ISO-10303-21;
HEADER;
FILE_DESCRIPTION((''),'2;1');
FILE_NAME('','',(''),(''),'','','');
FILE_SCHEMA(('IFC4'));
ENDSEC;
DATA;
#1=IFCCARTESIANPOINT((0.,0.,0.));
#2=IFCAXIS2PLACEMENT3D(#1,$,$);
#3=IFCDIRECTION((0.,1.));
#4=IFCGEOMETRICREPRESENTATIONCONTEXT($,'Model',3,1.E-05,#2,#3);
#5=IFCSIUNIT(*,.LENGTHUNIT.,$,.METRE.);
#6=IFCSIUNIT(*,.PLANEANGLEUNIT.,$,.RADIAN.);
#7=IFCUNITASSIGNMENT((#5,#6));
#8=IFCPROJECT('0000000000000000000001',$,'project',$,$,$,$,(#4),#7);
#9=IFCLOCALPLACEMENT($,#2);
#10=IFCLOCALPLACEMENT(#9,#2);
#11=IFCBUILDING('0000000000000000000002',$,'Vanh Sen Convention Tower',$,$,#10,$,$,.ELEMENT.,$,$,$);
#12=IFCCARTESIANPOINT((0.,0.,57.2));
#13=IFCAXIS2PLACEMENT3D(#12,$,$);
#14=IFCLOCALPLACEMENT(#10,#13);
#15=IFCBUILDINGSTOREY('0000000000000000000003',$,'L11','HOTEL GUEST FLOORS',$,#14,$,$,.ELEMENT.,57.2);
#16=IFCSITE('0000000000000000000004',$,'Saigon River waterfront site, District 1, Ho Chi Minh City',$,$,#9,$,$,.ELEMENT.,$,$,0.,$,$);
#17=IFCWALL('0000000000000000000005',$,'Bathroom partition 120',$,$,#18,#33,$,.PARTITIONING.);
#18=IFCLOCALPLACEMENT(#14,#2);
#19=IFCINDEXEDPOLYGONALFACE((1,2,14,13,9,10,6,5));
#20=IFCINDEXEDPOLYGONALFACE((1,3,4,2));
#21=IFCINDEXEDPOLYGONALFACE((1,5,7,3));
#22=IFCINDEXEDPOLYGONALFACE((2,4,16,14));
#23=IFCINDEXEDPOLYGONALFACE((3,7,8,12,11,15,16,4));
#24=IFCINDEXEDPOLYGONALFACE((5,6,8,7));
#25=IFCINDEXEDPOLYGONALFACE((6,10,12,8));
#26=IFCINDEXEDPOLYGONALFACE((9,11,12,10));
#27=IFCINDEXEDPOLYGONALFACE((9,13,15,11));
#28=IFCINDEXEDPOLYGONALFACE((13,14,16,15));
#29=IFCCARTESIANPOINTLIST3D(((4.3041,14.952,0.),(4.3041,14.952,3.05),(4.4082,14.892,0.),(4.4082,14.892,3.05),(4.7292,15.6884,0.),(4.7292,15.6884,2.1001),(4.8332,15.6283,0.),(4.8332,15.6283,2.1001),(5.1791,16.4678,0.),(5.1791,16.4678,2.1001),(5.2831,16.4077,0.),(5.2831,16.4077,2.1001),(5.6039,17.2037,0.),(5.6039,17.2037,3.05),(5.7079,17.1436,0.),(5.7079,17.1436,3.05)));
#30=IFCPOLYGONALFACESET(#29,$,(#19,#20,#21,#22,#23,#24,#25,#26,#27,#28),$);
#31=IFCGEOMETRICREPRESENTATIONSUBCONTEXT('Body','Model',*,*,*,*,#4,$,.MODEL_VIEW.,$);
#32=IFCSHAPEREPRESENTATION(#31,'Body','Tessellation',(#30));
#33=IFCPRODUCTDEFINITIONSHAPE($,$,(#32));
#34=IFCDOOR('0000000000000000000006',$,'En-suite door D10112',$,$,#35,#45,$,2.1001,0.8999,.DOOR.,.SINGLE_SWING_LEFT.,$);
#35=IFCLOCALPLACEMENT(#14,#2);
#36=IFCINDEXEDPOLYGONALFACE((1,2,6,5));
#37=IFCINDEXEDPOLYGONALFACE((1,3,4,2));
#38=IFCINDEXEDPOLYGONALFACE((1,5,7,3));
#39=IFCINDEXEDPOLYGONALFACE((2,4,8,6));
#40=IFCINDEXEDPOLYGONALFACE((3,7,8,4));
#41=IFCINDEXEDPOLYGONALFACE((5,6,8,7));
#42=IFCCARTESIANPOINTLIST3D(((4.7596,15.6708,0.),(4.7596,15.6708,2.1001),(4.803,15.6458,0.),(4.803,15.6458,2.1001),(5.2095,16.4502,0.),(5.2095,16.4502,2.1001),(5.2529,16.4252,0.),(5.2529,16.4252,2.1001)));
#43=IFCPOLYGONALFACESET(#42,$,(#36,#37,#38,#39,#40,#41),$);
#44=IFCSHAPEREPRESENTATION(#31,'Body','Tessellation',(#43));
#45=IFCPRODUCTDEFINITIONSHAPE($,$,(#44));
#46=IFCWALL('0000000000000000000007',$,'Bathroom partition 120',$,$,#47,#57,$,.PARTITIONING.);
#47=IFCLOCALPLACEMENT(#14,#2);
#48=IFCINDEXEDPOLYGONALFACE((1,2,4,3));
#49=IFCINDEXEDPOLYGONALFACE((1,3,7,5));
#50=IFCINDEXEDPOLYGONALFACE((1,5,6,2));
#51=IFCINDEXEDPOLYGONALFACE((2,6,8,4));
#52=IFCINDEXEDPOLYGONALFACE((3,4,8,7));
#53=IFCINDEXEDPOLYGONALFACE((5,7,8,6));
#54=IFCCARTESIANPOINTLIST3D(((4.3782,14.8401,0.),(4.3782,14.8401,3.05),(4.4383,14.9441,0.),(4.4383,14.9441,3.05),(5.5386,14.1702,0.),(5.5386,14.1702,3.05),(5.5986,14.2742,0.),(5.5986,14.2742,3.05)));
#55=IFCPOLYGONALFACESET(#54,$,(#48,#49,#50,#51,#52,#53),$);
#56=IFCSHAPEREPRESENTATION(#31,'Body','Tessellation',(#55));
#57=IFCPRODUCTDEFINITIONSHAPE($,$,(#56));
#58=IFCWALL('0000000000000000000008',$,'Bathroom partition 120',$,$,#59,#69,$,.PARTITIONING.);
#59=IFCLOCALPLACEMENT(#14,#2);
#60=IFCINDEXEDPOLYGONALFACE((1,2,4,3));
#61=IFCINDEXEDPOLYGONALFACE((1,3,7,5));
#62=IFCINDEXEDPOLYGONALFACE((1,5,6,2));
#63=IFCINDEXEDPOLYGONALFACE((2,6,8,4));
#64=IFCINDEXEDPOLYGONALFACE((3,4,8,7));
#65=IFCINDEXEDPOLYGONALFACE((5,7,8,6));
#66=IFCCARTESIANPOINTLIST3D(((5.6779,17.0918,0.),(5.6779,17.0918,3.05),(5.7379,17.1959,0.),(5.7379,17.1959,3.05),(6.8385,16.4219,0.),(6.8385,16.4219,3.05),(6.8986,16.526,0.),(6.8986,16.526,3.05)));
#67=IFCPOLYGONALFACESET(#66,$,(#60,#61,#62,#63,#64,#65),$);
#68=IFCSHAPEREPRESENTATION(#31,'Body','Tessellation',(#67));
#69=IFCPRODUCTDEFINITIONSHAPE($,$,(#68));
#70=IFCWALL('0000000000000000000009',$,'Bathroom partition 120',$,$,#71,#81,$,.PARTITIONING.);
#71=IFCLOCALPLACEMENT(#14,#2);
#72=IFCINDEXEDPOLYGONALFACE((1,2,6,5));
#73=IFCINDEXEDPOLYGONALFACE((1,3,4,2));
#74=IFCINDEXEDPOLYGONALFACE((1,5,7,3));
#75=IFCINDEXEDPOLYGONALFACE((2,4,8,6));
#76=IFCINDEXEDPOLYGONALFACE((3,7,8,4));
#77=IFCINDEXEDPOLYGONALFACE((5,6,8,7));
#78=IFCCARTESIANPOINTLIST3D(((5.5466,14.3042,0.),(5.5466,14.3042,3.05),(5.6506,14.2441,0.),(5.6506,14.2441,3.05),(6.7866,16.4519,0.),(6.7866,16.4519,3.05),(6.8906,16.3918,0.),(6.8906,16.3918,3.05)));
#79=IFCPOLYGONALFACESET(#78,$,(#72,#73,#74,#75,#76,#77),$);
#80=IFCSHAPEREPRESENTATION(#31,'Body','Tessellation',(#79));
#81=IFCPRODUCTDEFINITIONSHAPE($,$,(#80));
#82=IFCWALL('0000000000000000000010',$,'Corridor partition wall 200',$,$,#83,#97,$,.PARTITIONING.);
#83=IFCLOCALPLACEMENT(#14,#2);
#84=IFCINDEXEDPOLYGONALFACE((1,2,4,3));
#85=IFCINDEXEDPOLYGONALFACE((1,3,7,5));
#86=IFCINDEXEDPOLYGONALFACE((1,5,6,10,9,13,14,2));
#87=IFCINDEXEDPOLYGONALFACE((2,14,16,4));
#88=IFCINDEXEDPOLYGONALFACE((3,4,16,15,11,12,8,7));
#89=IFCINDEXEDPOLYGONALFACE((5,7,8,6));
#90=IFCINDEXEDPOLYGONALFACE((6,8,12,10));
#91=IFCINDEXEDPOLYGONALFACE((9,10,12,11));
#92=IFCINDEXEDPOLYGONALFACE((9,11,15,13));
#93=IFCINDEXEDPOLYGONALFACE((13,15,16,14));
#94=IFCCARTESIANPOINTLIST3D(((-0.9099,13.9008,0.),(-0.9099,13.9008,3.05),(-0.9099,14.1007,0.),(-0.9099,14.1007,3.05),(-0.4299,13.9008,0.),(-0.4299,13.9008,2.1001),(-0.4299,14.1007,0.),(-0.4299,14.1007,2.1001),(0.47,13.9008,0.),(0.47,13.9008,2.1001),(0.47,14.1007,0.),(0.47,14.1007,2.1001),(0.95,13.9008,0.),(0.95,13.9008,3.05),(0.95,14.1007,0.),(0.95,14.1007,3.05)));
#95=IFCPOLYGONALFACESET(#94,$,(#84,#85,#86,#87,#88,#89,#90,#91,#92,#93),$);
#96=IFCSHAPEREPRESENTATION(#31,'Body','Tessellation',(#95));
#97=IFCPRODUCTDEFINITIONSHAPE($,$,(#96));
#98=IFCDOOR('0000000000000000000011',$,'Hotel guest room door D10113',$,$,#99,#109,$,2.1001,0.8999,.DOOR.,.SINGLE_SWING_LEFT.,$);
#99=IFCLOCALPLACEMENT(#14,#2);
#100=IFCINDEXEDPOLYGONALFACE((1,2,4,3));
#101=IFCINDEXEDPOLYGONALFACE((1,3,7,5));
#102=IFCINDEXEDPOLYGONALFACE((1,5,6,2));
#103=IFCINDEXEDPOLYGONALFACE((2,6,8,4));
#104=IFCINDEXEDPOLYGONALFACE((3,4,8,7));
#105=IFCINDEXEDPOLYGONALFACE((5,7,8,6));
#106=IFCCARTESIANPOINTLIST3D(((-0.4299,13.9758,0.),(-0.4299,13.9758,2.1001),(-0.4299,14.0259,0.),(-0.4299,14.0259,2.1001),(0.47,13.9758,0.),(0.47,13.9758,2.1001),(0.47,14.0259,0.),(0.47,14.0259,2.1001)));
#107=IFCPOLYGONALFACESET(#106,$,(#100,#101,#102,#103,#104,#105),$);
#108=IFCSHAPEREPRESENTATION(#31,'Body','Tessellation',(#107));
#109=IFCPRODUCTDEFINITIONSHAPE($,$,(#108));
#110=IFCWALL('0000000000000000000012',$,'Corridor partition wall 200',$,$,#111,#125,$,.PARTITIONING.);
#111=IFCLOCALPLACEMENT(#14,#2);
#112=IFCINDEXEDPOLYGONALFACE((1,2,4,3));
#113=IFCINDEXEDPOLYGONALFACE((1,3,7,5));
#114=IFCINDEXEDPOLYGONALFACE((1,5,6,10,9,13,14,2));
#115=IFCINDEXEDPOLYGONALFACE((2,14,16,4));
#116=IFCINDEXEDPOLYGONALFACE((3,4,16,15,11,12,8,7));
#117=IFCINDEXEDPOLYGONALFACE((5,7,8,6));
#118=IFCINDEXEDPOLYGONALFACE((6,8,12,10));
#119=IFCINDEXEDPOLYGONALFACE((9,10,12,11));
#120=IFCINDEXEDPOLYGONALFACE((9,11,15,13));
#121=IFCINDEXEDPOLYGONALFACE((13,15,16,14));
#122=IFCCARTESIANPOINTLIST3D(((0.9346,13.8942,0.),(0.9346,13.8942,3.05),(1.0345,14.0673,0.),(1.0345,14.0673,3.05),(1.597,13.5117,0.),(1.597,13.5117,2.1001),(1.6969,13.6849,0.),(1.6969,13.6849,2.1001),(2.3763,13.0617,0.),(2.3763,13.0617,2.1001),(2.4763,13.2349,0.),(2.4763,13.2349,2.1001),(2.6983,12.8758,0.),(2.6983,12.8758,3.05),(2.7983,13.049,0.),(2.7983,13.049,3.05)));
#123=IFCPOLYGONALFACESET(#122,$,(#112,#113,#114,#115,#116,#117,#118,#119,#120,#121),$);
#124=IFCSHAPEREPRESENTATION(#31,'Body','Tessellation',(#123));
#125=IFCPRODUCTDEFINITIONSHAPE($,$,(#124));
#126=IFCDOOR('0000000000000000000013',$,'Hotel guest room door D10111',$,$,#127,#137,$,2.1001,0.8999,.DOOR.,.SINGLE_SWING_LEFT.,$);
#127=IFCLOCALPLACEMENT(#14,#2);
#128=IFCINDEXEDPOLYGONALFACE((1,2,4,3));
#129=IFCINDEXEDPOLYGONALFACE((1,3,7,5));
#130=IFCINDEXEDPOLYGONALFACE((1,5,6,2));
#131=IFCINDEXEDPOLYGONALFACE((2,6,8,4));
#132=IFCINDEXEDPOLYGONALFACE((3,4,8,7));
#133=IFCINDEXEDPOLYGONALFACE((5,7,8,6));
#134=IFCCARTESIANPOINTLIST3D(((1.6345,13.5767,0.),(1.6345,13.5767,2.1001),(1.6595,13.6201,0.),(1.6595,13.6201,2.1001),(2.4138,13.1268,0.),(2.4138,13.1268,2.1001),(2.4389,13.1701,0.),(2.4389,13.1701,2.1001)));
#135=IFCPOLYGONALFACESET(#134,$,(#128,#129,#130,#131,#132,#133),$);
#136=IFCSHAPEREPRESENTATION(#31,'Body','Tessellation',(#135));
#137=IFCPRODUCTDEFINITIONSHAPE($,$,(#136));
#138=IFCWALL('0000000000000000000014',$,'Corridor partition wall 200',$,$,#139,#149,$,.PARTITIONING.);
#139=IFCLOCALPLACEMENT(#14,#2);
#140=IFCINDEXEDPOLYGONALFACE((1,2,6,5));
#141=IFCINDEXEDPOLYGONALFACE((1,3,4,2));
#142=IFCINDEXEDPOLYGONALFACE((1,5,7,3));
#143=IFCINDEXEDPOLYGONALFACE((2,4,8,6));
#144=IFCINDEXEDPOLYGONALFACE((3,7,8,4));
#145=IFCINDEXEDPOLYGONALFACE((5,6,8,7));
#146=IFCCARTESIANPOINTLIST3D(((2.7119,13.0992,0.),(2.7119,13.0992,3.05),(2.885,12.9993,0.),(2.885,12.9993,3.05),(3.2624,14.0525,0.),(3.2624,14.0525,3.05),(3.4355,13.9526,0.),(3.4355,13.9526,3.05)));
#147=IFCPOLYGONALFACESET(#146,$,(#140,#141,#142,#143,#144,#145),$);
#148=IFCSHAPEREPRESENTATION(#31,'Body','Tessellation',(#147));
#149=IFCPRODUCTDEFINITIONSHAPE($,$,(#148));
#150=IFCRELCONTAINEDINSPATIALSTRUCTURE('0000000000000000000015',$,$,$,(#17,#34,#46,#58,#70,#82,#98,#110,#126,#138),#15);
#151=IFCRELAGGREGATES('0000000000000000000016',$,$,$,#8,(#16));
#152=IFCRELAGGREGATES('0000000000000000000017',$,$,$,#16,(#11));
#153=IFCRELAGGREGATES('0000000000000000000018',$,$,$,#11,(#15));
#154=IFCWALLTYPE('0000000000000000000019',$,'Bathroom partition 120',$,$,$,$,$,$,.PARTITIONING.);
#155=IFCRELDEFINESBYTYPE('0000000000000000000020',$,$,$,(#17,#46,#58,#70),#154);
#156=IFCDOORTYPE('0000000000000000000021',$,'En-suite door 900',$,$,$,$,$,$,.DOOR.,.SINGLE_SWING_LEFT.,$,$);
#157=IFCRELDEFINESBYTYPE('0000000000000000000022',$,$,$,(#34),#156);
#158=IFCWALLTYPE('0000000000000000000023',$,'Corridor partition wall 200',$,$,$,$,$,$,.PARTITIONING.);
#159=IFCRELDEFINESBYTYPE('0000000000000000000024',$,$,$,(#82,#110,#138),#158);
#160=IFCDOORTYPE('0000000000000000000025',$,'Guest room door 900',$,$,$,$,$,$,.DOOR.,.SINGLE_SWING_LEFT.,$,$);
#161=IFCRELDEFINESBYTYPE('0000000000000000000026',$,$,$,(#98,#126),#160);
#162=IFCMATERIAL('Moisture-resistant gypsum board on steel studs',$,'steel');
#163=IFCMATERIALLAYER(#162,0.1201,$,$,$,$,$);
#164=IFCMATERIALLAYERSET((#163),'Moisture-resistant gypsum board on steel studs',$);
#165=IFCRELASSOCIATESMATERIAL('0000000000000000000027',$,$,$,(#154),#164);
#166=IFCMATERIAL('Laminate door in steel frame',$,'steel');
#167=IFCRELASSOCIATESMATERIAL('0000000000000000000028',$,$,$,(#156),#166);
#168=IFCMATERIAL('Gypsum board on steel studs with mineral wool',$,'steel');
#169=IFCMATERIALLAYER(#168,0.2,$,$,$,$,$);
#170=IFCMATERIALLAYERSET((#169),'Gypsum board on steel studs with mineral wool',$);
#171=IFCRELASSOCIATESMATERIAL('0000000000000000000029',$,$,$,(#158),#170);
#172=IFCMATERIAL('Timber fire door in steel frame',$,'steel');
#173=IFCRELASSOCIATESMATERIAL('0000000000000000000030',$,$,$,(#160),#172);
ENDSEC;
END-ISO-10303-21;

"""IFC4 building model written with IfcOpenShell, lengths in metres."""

from ifc_helpers import new_model, si_unit, direction, frame, frame_2d, origin, place, context, subcontext, project, spatial, rectangle, extrude, material, layer, layer_set, type_object, element, fill, save


model = new_model("IFC4")

# Units and contexts
model_context = context("Model", 3, precision=1e-05, world=origin(), true_north=direction((0.0, 1.0)))
body_context = subcontext(model_context, "Body", "Model", "MODEL_VIEW")
ifc_project = project(units=[si_unit("LENGTHUNIT", "METRE"), si_unit("PLANEANGLEUNIT", "RADIAN")], contexts=[model_context])

# Site, building, storey
site_placement = place(None, origin())
site = spatial("IfcSite", under=ifc_project, at=site_placement, Name="Saigon River waterfront site, District 1, Ho Chi Minh City", CompositionType="ELEMENT", RefElevation=0.0)
building_placement = place(site_placement, origin())
building = spatial("IfcBuilding", under=site, at=building_placement, Name="Vanh Sen Convention Tower", CompositionType="ELEMENT")
storey_placement = place(building_placement, frame((0.0, 0.0, 57.2)))
storey = spatial("IfcBuildingStorey", under=building, at=storey_placement, Name="L11", Description="HOTEL GUEST FLOORS", CompositionType="ELEMENT", Elevation=57.2)

# Wall, opening, door
ifc_material_1 = material(Name="Moisture-resistant gypsum board on steel studs", Category="steel")
ifc_layer_1 = layer(ifc_material_1, 0.1201)
ifc_layer_set_1 = layer_set([ifc_layer_1], Name="Moisture-resistant gypsum board on steel studs")
wall_type_1 = type_object("IfcWallType", Name="Bathroom partition 120", PredefinedType="PARTITIONING", material=ifc_layer_set_1)
wall_1_placement = place(storey_placement, frame((4.3562, 14.9221, 0.0), z_axis=(0.0, 0.0, 1.0), x_axis=(0.499937, 0.866062, 0.0)))
wall_1 = element("IfcWall", 1, at=wall_1_placement, inside=storey, type_object=wall_type_1, Name="Bathroom partition 120", PredefinedType="PARTITIONING", context=body_context, shape_type="SweptSolid", body=[
    extrude(rectangle(XDim=2.5999, YDim=0.1201, at=frame_2d((1.2998, 0.0))), origin(), (0.0, 0.0, 1.0), 3.05),
])
opening_1_placement = place(wall_1_placement, frame((0.8501, 0.0, 0.0)))
opening_1 = element("IfcOpeningElement", 2, at=opening_1_placement, cuts=wall_1, PredefinedType="OPENING", context=body_context, shape_type="SweptSolid", body=[
    extrude(rectangle(XDim=0.8999, YDim=2.1001, at=frame_2d((0.45, 1.05))), frame((0.0, 0.0701, 0.0), z_axis=(0.0, -1.0, 0.0), x_axis=(1.0, 0.0, 0.0)), (0.0, 0.0, 1.0), 0.1401),
])
ifc_material_2 = material(Name="Laminate door in steel frame", Category="steel")
door_type_1 = type_object("IfcDoorType", Name="En-suite door 900", OperationType="SINGLE_SWING_LEFT", PredefinedType="DOOR", material=ifc_material_2)
door_1_placement = place(opening_1_placement, origin())
door_1 = element("IfcDoor", 3, at=door_1_placement, inside=storey, type_object=door_type_1, Name="En-suite door D10112", OperationType="SINGLE_SWING_LEFT", OverallHeight=2.1001, OverallWidth=0.8999, PredefinedType="DOOR", context=body_context, shape_type="SweptSolid", body=[
    extrude(rectangle(XDim=0.8999, YDim=2.1001, at=frame_2d((0.45, 1.05))), frame((0.0, 0.0249, 0.0), z_axis=(0.0, -1.0, 0.0), x_axis=(1.0, 0.0, 0.0)), (0.0, 0.0, 1.0), 0.05),
])
fill(opening_1, door_1)

# Walls
wall_2_placement = place(storey_placement, frame((5.5686, 14.2222, 0.0), z_axis=(0.0, 0.0, 1.0), x_axis=(-0.866037, 0.49998, 0.0)))
element("IfcWall", 4, at=wall_2_placement, inside=storey, type_object=wall_type_1, Name="Bathroom partition 120", PredefinedType="PARTITIONING", context=body_context, shape_type="SweptSolid", body=[
    extrude(rectangle(XDim=1.3398, YDim=0.1201, at=frame_2d((0.6699, 0.0))), origin(), (0.0, 0.0, 1.0), 3.05),
])
wall_3_placement = place(storey_placement, frame((5.708, 17.1438, 0.0), z_axis=(0.0, 0.0, 1.0), x_axis=(0.866082, -0.499901, 0.0)))
element("IfcWall", 5, at=wall_3_placement, inside=storey, type_object=wall_type_1, Name="Bathroom partition 120", PredefinedType="PARTITIONING", context=body_context, shape_type="SweptSolid", body=[
    extrude(rectangle(XDim=1.3401, YDim=0.1201, at=frame_2d((0.6699, 0.0))), origin(), (0.0, 0.0, 1.0), 3.05),
])
wall_4_placement = place(storey_placement, frame((6.8386, 16.4219, 0.0), z_axis=(0.0, 0.0, 1.0), x_axis=(-0.500004, -0.866023, 0.0)))
element("IfcWall", 6, at=wall_4_placement, inside=storey, type_object=wall_type_1, Name="Bathroom partition 120", PredefinedType="PARTITIONING", context=body_context, shape_type="SweptSolid", body=[
    extrude(rectangle(XDim=2.48, YDim=0.1201, at=frame_2d((1.24, 0.0))), origin(), (0.0, 0.0, 1.0), 3.05),
])

# Walls, openings, doors
ifc_material_3 = material(Name="Gypsum board on steel studs with mineral wool", Category="steel")
ifc_layer_2 = layer(ifc_material_3, 0.2)
ifc_layer_set_2 = layer_set([ifc_layer_2], Name="Gypsum board on steel studs with mineral wool")
wall_type_2 = type_object("IfcWallType", Name="Corridor partition wall 200", PredefinedType="PARTITIONING", material=ifc_layer_set_2)
wall_5_placement = place(storey_placement, frame((0.95, 14.0007, 0.0), z_axis=(0.0, 0.0, 1.0), x_axis=(-1.0, 0.0, 0.0)))
wall_5 = element("IfcWall", 7, at=wall_5_placement, inside=storey, type_object=wall_type_2, Name="Corridor partition wall 200", PredefinedType="PARTITIONING", context=body_context, shape_type="SweptSolid", body=[
    extrude(rectangle(XDim=1.8599, YDim=0.2, at=frame_2d((0.9299, 0.0))), origin(), (0.0, 0.0, 1.0), 3.05),
])
opening_2_placement = place(wall_5_placement, frame((0.48, 0.0, 0.0)))
opening_2 = element("IfcOpeningElement", 8, at=opening_2_placement, cuts=wall_5, PredefinedType="OPENING", context=body_context, shape_type="SweptSolid", body=[
    extrude(rectangle(XDim=0.8999, YDim=2.1001, at=frame_2d((0.45, 1.05))), frame((0.0, 0.1099, 0.0), z_axis=(0.0, -1.0, 0.0), x_axis=(1.0, 0.0, 0.0)), (0.0, 0.0, 1.0), 0.22),
])
ifc_material_4 = material(Name="Timber fire door in steel frame", Category="steel")
door_type_2 = type_object("IfcDoorType", Name="Guest room door 900", OperationType="SINGLE_SWING_LEFT", PredefinedType="DOOR", material=ifc_material_4)
door_2_placement = place(opening_2_placement, origin())
door_2 = element("IfcDoor", 9, at=door_2_placement, inside=storey, type_object=door_type_2, Name="Hotel guest room door D10113", OperationType="SINGLE_SWING_LEFT", OverallHeight=2.1001, OverallWidth=0.8999, PredefinedType="DOOR", context=body_context, shape_type="SweptSolid", body=[
    extrude(rectangle(XDim=0.8999, YDim=2.1001, at=frame_2d((0.45, 1.05))), frame((0.0, 0.0249, 0.0), z_axis=(0.0, -1.0, 0.0), x_axis=(1.0, 0.0, 0.0)), (0.0, 0.0, 1.0), 0.05),
])
fill(opening_2, door_2)
wall_6_placement = place(storey_placement, frame((2.7483, 12.9624, 0.0), z_axis=(0.0, 0.0, 1.0), x_axis=(-0.866014, 0.50002, 0.0)))
wall_6 = element("IfcWall", 10, at=wall_6_placement, inside=storey, type_object=wall_type_2, Name="Corridor partition wall 200", PredefinedType="PARTITIONING", context=body_context, shape_type="SweptSolid", body=[
    extrude(rectangle(XDim=2.0366, YDim=0.2, at=frame_2d((1.0183, 0.0))), origin(), (0.0, 0.0, 1.0), 3.05),
])
opening_3_placement = place(wall_6_placement, frame((0.3718, 0.0, 0.0)))
opening_3 = element("IfcOpeningElement", 11, at=opening_3_placement, cuts=wall_6, PredefinedType="OPENING", context=body_context, shape_type="SweptSolid", body=[
    extrude(rectangle(XDim=0.8999, YDim=2.1001, at=frame_2d((0.45, 1.05))), frame((0.0, 0.1099, 0.0), z_axis=(0.0, -1.0, 0.0), x_axis=(1.0, 0.0, 0.0)), (0.0, 0.0, 1.0), 0.22),
])
door_3_placement = place(opening_3_placement, origin())
door_3 = element("IfcDoor", 12, at=door_3_placement, inside=storey, type_object=door_type_2, Name="Hotel guest room door D10111", OperationType="SINGLE_SWING_LEFT", OverallHeight=2.1001, OverallWidth=0.8999, PredefinedType="DOOR", context=body_context, shape_type="SweptSolid", body=[
    extrude(rectangle(XDim=0.8999, YDim=2.1001, at=frame_2d((0.45, 1.05))), frame((0.0, 0.0249, 0.0), z_axis=(0.0, -1.0, 0.0), x_axis=(1.0, 0.0, 0.0)), (0.0, 0.0, 1.0), 0.05),
])
fill(opening_3, door_3)

# Wall
wall_7_placement = place(storey_placement, frame((3.3489, 14.0024, 0.0), z_axis=(0.0, 0.0, 1.0), x_axis=(-0.500074, -0.865982, 0.0)))
element("IfcWall", 13, at=wall_7_placement, inside=storey, type_object=wall_type_2, Name="Corridor partition wall 200", PredefinedType="PARTITIONING", context=body_context, shape_type="SweptSolid", body=[
    extrude(rectangle(XDim=1.1008, YDim=0.2, at=frame_2d((0.5503, 0.0))), origin(), (0.0, 0.0, 1.0), 3.05),
])

save(model, "model.ifc")
